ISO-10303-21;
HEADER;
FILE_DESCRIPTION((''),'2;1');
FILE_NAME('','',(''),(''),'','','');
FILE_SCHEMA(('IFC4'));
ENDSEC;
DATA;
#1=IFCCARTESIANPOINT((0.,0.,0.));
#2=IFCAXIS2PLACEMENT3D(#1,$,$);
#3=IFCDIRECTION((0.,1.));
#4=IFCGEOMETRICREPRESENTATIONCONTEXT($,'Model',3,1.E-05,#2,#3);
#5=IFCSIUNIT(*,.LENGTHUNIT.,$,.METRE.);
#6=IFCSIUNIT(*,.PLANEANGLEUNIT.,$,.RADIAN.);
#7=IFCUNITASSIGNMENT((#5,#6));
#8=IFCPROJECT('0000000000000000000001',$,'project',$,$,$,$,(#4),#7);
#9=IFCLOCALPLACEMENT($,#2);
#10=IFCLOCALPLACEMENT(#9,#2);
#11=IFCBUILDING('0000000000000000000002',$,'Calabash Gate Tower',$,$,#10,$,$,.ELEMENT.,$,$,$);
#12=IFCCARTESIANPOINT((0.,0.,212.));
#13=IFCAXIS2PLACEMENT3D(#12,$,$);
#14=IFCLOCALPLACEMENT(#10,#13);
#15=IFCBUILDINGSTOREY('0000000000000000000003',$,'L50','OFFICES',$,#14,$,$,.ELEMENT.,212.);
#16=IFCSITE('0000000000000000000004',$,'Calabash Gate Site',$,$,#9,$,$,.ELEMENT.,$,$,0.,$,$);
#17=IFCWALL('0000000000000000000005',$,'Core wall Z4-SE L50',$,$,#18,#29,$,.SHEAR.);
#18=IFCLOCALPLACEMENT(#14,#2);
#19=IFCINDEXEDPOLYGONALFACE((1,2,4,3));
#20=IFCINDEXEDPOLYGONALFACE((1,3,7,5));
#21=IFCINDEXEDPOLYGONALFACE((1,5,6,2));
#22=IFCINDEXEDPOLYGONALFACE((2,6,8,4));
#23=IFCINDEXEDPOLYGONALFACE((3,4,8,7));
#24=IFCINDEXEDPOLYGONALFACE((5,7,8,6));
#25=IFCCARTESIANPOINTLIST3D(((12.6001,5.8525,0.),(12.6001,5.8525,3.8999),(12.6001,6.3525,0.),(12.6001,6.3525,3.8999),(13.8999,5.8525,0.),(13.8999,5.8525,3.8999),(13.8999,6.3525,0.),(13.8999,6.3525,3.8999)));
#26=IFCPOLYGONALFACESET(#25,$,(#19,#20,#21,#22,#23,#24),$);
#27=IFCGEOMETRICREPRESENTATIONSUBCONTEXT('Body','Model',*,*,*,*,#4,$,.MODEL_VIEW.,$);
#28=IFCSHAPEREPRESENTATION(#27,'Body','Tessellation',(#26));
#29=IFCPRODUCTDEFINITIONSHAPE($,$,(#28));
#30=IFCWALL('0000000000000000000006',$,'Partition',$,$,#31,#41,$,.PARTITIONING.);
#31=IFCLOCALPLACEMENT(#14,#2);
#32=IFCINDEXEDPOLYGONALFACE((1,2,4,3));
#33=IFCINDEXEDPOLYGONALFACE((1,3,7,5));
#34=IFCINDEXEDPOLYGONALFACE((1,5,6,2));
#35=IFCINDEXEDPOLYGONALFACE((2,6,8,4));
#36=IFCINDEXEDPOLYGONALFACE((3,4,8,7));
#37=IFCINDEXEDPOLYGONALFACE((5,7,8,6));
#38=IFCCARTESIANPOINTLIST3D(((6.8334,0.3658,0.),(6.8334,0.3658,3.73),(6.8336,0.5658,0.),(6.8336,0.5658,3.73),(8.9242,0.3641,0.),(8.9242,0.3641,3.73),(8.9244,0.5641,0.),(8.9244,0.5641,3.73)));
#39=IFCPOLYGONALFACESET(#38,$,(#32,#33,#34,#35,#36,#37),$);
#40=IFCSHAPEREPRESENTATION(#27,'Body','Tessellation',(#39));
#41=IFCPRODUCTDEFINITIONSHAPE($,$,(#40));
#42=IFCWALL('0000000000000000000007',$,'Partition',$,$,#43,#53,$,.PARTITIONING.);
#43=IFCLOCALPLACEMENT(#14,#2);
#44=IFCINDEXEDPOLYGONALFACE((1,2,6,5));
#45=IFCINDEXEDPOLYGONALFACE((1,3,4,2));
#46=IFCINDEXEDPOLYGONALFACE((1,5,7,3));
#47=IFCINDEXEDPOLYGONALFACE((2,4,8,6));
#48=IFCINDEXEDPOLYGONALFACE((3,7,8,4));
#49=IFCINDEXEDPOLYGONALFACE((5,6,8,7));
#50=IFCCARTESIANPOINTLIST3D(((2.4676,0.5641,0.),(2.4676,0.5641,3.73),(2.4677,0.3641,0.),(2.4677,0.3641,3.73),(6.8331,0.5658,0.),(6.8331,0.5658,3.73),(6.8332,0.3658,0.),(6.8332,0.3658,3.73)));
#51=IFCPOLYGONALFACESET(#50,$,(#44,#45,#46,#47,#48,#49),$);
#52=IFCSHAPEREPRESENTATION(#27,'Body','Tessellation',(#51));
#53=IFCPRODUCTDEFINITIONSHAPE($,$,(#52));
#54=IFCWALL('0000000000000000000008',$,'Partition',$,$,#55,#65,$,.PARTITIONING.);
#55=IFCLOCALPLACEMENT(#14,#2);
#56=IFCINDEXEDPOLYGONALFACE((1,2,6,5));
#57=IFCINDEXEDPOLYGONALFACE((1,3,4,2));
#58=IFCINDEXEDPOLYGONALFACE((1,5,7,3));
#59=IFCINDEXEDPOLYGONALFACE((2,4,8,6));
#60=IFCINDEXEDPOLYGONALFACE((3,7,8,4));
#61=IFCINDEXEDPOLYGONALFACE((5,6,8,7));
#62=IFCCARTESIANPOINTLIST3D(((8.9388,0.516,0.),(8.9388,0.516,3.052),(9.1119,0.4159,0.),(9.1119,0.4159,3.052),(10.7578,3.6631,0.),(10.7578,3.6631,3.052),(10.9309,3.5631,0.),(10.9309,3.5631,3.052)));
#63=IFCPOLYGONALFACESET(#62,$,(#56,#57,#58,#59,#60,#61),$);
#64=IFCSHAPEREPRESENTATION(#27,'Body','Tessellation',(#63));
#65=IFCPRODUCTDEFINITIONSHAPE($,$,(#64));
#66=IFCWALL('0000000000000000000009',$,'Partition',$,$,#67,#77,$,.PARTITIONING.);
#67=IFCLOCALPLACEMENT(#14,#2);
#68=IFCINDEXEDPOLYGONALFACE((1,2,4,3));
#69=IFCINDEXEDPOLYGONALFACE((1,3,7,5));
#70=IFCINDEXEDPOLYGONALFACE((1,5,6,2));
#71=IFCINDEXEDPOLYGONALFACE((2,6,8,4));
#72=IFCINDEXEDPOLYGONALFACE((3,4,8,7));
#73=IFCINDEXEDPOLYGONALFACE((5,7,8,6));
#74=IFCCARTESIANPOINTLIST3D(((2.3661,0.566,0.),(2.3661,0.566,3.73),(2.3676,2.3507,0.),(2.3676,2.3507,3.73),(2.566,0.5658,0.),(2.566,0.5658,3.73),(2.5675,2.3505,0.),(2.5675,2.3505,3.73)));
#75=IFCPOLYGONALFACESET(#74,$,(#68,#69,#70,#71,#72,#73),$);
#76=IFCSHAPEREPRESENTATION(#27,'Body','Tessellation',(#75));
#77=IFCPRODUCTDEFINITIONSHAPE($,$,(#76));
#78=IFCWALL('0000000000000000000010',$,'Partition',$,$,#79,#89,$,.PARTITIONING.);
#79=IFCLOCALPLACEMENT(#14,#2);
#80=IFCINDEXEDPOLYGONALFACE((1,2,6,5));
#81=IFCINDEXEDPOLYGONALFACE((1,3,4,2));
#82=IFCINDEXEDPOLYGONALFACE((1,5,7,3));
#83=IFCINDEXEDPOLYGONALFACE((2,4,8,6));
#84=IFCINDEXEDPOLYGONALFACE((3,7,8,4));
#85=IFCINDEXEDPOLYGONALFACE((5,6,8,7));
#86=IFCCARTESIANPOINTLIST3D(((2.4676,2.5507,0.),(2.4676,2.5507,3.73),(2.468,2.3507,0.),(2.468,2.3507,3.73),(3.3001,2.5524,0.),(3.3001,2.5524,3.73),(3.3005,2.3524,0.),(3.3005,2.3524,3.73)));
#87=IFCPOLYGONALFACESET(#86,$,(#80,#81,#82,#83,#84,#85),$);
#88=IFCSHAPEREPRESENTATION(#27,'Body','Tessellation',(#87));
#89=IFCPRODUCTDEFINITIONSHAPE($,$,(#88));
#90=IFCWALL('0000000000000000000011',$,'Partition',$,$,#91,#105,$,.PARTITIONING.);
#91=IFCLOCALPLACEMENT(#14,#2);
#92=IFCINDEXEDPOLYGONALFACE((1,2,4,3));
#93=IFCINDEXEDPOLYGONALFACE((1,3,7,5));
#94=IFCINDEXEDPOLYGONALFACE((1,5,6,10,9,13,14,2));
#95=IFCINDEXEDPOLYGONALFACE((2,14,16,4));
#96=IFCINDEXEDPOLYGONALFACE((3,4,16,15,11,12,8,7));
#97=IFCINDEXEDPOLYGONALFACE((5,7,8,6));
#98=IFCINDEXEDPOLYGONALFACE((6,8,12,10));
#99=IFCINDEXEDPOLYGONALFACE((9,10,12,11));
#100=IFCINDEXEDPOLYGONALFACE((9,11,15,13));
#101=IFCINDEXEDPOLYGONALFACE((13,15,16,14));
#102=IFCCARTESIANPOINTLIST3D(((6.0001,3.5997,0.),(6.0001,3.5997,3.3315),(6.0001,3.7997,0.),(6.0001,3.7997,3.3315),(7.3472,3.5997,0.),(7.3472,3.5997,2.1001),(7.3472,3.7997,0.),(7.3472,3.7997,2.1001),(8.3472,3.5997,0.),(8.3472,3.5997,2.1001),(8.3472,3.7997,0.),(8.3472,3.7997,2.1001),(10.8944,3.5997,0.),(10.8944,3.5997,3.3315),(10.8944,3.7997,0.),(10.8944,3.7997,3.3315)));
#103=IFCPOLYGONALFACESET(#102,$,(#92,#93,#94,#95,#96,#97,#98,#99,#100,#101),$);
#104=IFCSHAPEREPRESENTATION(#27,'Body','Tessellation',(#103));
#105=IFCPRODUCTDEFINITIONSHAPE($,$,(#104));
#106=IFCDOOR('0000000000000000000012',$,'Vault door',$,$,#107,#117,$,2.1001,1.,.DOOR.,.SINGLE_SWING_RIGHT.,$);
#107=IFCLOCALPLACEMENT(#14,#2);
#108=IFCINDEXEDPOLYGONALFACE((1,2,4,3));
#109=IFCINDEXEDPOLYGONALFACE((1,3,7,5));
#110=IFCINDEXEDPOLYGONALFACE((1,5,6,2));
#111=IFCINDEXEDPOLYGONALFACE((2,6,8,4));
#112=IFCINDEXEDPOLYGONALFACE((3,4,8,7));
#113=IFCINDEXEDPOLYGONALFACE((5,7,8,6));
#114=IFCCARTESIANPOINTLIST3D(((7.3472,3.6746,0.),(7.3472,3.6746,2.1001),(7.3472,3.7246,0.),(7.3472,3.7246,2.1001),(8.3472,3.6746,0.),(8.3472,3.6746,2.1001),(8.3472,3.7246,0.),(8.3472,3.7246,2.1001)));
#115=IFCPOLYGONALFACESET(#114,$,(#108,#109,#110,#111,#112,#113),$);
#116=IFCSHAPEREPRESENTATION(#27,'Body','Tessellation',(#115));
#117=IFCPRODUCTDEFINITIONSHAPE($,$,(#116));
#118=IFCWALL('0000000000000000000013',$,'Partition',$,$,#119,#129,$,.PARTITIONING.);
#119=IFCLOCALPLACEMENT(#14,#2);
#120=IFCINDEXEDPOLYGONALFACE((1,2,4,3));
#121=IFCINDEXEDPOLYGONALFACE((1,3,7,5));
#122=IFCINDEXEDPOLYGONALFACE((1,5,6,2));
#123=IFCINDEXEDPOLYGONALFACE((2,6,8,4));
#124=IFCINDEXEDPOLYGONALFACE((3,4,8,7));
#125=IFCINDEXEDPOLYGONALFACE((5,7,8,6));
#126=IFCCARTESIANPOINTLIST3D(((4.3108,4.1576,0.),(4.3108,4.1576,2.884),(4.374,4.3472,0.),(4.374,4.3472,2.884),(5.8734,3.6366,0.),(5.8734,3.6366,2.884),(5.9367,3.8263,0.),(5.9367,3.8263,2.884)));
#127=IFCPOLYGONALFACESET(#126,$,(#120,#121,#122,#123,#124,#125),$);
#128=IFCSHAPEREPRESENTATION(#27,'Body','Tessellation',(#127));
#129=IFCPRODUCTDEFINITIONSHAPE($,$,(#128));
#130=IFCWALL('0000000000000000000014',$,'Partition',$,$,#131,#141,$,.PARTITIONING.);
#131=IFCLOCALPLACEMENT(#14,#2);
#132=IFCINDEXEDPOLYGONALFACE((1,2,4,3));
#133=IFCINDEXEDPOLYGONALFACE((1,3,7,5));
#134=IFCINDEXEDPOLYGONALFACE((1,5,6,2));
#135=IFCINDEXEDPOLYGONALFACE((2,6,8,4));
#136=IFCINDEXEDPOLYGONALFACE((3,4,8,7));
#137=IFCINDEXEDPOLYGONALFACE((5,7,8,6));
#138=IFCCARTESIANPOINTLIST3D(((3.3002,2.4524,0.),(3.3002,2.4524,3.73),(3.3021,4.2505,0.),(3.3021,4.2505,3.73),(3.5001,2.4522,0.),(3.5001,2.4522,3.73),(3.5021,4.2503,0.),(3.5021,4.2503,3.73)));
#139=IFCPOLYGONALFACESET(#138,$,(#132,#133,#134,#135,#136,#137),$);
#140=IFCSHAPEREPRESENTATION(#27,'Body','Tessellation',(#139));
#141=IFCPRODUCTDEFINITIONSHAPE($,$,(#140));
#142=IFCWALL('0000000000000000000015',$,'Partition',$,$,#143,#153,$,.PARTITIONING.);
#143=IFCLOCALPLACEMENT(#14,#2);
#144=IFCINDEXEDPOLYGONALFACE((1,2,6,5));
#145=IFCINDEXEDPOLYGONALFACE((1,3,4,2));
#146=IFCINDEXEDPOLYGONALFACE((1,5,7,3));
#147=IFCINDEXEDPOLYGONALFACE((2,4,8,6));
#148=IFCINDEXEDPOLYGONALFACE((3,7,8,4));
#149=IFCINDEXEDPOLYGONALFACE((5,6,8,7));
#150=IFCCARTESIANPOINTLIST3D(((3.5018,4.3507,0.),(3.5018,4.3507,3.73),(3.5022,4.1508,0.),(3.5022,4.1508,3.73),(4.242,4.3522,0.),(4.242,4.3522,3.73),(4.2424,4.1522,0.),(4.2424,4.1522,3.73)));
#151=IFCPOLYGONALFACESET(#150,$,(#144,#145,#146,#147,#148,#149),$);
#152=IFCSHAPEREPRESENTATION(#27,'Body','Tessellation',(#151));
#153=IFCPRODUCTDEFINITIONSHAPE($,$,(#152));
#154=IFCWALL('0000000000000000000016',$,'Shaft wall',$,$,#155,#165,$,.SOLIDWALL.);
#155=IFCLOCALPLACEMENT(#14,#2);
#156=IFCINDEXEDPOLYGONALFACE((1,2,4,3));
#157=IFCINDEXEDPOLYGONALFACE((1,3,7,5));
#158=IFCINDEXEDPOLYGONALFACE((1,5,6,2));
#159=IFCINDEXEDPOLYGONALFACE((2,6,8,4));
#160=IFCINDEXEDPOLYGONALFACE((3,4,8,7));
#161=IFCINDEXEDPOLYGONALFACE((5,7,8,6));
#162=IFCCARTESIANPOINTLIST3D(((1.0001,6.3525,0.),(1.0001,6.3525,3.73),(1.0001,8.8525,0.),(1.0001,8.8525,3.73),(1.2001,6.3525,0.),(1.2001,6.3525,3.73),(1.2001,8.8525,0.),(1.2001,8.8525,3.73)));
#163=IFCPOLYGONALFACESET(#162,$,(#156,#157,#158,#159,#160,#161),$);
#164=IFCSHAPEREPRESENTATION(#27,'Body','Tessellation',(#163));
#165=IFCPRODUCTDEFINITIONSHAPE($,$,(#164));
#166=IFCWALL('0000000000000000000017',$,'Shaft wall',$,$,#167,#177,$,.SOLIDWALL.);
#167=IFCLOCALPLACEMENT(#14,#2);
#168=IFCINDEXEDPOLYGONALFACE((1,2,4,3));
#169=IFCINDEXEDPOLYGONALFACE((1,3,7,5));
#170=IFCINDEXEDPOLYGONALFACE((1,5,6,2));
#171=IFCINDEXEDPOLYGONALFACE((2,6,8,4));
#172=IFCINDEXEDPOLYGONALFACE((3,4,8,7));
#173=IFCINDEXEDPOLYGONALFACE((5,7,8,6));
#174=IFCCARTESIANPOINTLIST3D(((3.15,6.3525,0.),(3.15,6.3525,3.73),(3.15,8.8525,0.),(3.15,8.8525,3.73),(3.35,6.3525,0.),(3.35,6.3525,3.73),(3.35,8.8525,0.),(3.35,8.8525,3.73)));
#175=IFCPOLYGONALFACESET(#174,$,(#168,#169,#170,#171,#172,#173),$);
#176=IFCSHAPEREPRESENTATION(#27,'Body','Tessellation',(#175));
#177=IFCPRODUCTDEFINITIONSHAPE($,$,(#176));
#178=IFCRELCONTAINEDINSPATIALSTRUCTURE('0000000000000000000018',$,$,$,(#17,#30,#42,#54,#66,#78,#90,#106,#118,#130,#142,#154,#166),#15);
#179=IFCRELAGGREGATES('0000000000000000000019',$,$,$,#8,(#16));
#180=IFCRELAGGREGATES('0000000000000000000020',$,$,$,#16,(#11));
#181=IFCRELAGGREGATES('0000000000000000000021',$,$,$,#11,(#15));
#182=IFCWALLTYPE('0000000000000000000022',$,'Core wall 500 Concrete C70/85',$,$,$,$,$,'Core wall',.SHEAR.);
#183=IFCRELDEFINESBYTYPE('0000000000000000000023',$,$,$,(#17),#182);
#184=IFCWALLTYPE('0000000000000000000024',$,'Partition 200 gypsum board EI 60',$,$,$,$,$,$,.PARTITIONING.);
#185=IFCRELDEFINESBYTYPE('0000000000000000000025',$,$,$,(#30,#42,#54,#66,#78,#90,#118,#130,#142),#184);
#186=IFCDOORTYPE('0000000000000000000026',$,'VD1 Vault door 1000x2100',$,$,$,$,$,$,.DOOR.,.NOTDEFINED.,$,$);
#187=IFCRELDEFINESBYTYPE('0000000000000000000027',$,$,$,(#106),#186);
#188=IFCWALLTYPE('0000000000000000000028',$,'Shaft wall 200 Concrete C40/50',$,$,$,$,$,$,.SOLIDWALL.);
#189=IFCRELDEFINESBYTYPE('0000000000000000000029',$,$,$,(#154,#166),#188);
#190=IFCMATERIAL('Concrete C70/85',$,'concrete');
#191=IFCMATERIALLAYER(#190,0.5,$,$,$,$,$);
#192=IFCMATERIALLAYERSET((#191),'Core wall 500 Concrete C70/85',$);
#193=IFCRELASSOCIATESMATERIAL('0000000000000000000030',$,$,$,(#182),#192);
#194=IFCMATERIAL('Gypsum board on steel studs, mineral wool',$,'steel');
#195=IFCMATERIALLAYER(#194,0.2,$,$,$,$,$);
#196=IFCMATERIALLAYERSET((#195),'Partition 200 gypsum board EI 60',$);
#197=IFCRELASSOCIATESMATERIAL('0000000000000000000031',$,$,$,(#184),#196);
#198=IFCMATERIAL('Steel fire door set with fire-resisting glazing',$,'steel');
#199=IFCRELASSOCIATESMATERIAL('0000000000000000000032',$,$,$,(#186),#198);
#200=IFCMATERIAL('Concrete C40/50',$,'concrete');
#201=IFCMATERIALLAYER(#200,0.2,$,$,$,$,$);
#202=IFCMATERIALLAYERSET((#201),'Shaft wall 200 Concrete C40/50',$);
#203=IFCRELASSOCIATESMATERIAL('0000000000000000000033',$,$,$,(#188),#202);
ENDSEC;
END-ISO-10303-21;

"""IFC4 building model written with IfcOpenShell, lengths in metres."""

from ifc_helpers import new_model, si_unit, direction, frame, frame_2d, origin, place, context, subcontext, project, spatial, rectangle, extrude, material, layer, layer_set, type_object, element, fill, save


model = new_model("IFC4")

# Units and contexts
model_context = context("Model", 3, precision=1e-05, world=origin(), true_north=direction((0.0, 1.0)))
body_context = subcontext(model_context, "Body", "Model", "MODEL_VIEW")
ifc_project = project(units=[si_unit("LENGTHUNIT", "METRE"), si_unit("PLANEANGLEUNIT", "RADIAN")], contexts=[model_context])

# Site, building, storey
site_placement = place(None, origin())
site = spatial("IfcSite", under=ifc_project, at=site_placement, Name="Calabash Gate Site", CompositionType="ELEMENT", RefElevation=0.0)
building_placement = place(site_placement, origin())
building = spatial("IfcBuilding", under=site, at=building_placement, Name="Calabash Gate Tower", CompositionType="ELEMENT")
storey_placement = place(building_placement, frame((0.0, 0.0, 212.0)))
storey = spatial("IfcBuildingStorey", under=building, at=storey_placement, Name="L50", Description="OFFICES", CompositionType="ELEMENT", Elevation=212.0)

# Shared definitions
ifc_material_1 = material(Name="Concrete C70/85", Category="concrete")
ifc_layer_1 = layer(ifc_material_1, 0.5)
ifc_layer_set_1 = layer_set([ifc_layer_1], Name="Core wall 500 Concrete C70/85")
wall_type_1 = type_object("IfcWallType", Name="Core wall 500 Concrete C70/85", ElementType="Core wall", PredefinedType="SHEAR", material=ifc_layer_set_1)

# Walls
wall_1_placement = place(storey_placement, frame((12.6001, 6.1025, 0.0), z_axis=(0.0, 0.0, 1.0), x_axis=(1.0, 0.0, 0.0)))
element("IfcWall", 1, at=wall_1_placement, inside=storey, type_object=wall_type_1, Name="Core wall Z4-SE L50", PredefinedType="SHEAR", context=body_context, shape_type="SweptSolid", body=[
    extrude(rectangle(XDim=1.2998, YDim=0.5, at=frame_2d((0.6499, 0.0))), origin(), (0.0, 0.0, 1.0), 3.8999),
])
ifc_material_2 = material(Name="Gypsum board on steel studs, mineral wool", Category="steel")
ifc_layer_2 = layer(ifc_material_2, 0.2)
ifc_layer_set_2 = layer_set([ifc_layer_2], Name="Partition 200 gypsum board EI 60")
wall_type_2 = type_object("IfcWallType", Name="Partition 200 gypsum board EI 60", PredefinedType="PARTITIONING", material=ifc_layer_set_2)
wall_2_placement = place(storey_placement, frame((6.8335, 0.4658, 0.0), z_axis=(0.0, 0.0, 1.0), x_axis=(1.0, -0.000817, 0.0)))
element("IfcWall", 2, at=wall_2_placement, inside=storey, type_object=wall_type_2, Name="Partition", PredefinedType="PARTITIONING", context=body_context, shape_type="SweptSolid", body=[
    extrude(rectangle(XDim=2.0908, YDim=0.2, at=frame_2d((1.0454, 0.0))), origin(), (0.0, 0.0, 1.0), 3.73),
])
wall_3_placement = place(storey_placement, frame((2.4678, 0.4641, 0.0), z_axis=(0.0, 0.0, 1.0), x_axis=(1.0, 0.000391, 0.0)))
element("IfcWall", 3, at=wall_3_placement, inside=storey, type_object=wall_type_2, Name="Partition", PredefinedType="PARTITIONING", context=body_context, shape_type="SweptSolid", body=[
    extrude(rectangle(XDim=4.3655, YDim=0.2, at=frame_2d((2.1826, 0.0))), origin(), (0.0, 0.0, 1.0), 3.73),
])
wall_4_placement = place(storey_placement, frame((9.0254, 0.4661, 0.0), z_axis=(0.0, 0.0, 1.0), x_axis=(0.500422, 0.865782, 0.0)))
element("IfcWall", 4, at=wall_4_placement, inside=storey, type_object=wall_type_2, Name="Partition", PredefinedType="PARTITIONING", context=body_context, shape_type="SweptSolid", body=[
    extrude(rectangle(XDim=3.635, YDim=0.2, at=frame_2d((1.8174, 0.0))), origin(), (0.0, 0.0, 1.0), 3.052),
])
wall_5_placement = place(storey_placement, frame((2.4661, 0.5659, 0.0), z_axis=(0.0, 0.0, 1.0), x_axis=(0.000821, 1.0, 0.0)))
element("IfcWall", 5, at=wall_5_placement, inside=storey, type_object=wall_type_2, Name="Partition", PredefinedType="PARTITIONING", context=body_context, shape_type="SweptSolid", body=[
    extrude(rectangle(XDim=1.7847, YDim=0.2, at=frame_2d((0.8923, 0.0))), origin(), (0.0, 0.0, 1.0), 3.73),
])
wall_6_placement = place(storey_placement, frame((2.4678, 2.4507, 0.0), z_axis=(0.0, 0.0, 1.0), x_axis=(0.999998, 0.002053, 0.0)))
element("IfcWall", 6, at=wall_6_placement, inside=storey, type_object=wall_type_2, Name="Partition", PredefinedType="PARTITIONING", context=body_context, shape_type="SweptSolid", body=[
    extrude(rectangle(XDim=0.8325, YDim=0.2, at=frame_2d((0.4163, 0.0))), origin(), (0.0, 0.0, 1.0), 3.73),
])

# Wall, opening, door
wall_7_placement = place(storey_placement, frame((6.0, 3.6997, 0.0), z_axis=(0.0, 0.0, 1.0), x_axis=(1.0, 0.0, 0.0)))
wall_7 = element("IfcWall", 7, at=wall_7_placement, inside=storey, type_object=wall_type_2, Name="Partition", PredefinedType="PARTITIONING", context=body_context, shape_type="SweptSolid", body=[
    extrude(rectangle(XDim=4.8943, YDim=0.2, at=frame_2d((2.4473, 0.0))), origin(), (0.0, 0.0, 1.0), 3.3315),
])
opening_1_placement = place(wall_7_placement, frame((1.3472, 0.0, 0.0)))
opening_1 = element("IfcOpeningElement", 8, at=opening_1_placement, cuts=wall_7, PredefinedType="OPENING", context=body_context, shape_type="SweptSolid", body=[
    extrude(rectangle(XDim=1.0, YDim=2.1001, at=frame_2d((0.5, 1.05))), frame((0.0, 0.1099, 0.0), z_axis=(0.0, -1.0, 0.0), x_axis=(1.0, 0.0, 0.0)), (0.0, 0.0, 1.0), 0.22),
])
ifc_material_3 = material(Name="Steel fire door set with fire-resisting glazing", Category="steel")
door_type_1 = type_object("IfcDoorType", Name="VD1 Vault door 1000x2100", OperationType="NOTDEFINED", PredefinedType="DOOR", material=ifc_material_3)
door_1_placement = place(opening_1_placement, origin())
door_1 = element("IfcDoor", 9, at=door_1_placement, inside=storey, type_object=door_type_1, Name="Vault door", OperationType="SINGLE_SWING_RIGHT", OverallHeight=2.1001, OverallWidth=1.0, PredefinedType="DOOR", context=body_context, shape_type="SweptSolid", body=[
    extrude(rectangle(XDim=1.0, YDim=2.1001, at=frame_2d((0.5, 1.05))), frame((0.0, 0.0249, 0.0), z_axis=(0.0, -1.0, 0.0), x_axis=(1.0, 0.0, 0.0)), (0.0, 0.0, 1.0), 0.05),
])
fill(opening_1, door_1)

# Walls
wall_8_placement = place(storey_placement, frame((4.3423, 4.2524, 0.0), z_axis=(0.0, 0.0, 1.0), x_axis=(0.948668, -0.316272, 0.0)))
element("IfcWall", 10, at=wall_8_placement, inside=storey, type_object=wall_type_2, Name="Partition", PredefinedType="PARTITIONING", context=body_context, shape_type="SweptSolid", body=[
    extrude(rectangle(XDim=1.6472, YDim=0.2, at=frame_2d((0.8237, 0.0))), origin(), (0.0, 0.0, 1.0), 2.884),
])
wall_9_placement = place(storey_placement, frame((3.4001, 2.4524, 0.0), z_axis=(0.0, 0.0, 1.0), x_axis=(0.001086, 0.999999, 0.0)))
element("IfcWall", 11, at=wall_9_placement, inside=storey, type_object=wall_type_2, Name="Partition", PredefinedType="PARTITIONING", context=body_context, shape_type="SweptSolid", body=[
    extrude(rectangle(XDim=1.7981, YDim=0.2, at=frame_2d((0.8989, 0.0))), origin(), (0.0, 0.0, 1.0), 3.73),
])
wall_10_placement = place(storey_placement, frame((3.502, 4.2507, 0.0), z_axis=(0.0, 0.0, 1.0), x_axis=(0.999998, 0.001979, 0.0)))
element("IfcWall", 12, at=wall_10_placement, inside=storey, type_object=wall_type_2, Name="Partition", PredefinedType="PARTITIONING", context=body_context, shape_type="SweptSolid", body=[
    extrude(rectangle(XDim=0.7402, YDim=0.2, at=frame_2d((0.3701, 0.0))), origin(), (0.0, 0.0, 1.0), 3.73),
])
ifc_material_4 = material(Name="Concrete C40/50", Category="concrete")
ifc_layer_3 = layer(ifc_material_4, 0.2)
ifc_layer_set_3 = layer_set([ifc_layer_3], Name="Shaft wall 200 Concrete C40/50")
wall_type_3 = type_object("IfcWallType", Name="Shaft wall 200 Concrete C40/50", PredefinedType="SOLIDWALL", material=ifc_layer_set_3)
for number, where, z_axis, x_axis, name in (
    (13, (1.1001, 6.3525, 0.0), (0.0, 0.0, 1.0), (0.0, 1.0, 0.0), "Shaft wall"),
    (14, (3.25, 6.3525, 0.0), (0.0, 0.0, 1.0), (0.0, 1.0, 0.0), "Shaft wall"),
):
    element("IfcWall", number, at=place(storey_placement, frame(where, z_axis=z_axis, x_axis=x_axis)), inside=storey, type_object=wall_type_3, Name=name, PredefinedType="SOLIDWALL", context=body_context, shape_type="SweptSolid", body=[
        extrude(rectangle(XDim=2.5, YDim=0.2, at=frame_2d((1.25, 0.0))), origin(), (0.0, 0.0, 1.0), 3.73),
    ])

save(model, "model.ifc")
